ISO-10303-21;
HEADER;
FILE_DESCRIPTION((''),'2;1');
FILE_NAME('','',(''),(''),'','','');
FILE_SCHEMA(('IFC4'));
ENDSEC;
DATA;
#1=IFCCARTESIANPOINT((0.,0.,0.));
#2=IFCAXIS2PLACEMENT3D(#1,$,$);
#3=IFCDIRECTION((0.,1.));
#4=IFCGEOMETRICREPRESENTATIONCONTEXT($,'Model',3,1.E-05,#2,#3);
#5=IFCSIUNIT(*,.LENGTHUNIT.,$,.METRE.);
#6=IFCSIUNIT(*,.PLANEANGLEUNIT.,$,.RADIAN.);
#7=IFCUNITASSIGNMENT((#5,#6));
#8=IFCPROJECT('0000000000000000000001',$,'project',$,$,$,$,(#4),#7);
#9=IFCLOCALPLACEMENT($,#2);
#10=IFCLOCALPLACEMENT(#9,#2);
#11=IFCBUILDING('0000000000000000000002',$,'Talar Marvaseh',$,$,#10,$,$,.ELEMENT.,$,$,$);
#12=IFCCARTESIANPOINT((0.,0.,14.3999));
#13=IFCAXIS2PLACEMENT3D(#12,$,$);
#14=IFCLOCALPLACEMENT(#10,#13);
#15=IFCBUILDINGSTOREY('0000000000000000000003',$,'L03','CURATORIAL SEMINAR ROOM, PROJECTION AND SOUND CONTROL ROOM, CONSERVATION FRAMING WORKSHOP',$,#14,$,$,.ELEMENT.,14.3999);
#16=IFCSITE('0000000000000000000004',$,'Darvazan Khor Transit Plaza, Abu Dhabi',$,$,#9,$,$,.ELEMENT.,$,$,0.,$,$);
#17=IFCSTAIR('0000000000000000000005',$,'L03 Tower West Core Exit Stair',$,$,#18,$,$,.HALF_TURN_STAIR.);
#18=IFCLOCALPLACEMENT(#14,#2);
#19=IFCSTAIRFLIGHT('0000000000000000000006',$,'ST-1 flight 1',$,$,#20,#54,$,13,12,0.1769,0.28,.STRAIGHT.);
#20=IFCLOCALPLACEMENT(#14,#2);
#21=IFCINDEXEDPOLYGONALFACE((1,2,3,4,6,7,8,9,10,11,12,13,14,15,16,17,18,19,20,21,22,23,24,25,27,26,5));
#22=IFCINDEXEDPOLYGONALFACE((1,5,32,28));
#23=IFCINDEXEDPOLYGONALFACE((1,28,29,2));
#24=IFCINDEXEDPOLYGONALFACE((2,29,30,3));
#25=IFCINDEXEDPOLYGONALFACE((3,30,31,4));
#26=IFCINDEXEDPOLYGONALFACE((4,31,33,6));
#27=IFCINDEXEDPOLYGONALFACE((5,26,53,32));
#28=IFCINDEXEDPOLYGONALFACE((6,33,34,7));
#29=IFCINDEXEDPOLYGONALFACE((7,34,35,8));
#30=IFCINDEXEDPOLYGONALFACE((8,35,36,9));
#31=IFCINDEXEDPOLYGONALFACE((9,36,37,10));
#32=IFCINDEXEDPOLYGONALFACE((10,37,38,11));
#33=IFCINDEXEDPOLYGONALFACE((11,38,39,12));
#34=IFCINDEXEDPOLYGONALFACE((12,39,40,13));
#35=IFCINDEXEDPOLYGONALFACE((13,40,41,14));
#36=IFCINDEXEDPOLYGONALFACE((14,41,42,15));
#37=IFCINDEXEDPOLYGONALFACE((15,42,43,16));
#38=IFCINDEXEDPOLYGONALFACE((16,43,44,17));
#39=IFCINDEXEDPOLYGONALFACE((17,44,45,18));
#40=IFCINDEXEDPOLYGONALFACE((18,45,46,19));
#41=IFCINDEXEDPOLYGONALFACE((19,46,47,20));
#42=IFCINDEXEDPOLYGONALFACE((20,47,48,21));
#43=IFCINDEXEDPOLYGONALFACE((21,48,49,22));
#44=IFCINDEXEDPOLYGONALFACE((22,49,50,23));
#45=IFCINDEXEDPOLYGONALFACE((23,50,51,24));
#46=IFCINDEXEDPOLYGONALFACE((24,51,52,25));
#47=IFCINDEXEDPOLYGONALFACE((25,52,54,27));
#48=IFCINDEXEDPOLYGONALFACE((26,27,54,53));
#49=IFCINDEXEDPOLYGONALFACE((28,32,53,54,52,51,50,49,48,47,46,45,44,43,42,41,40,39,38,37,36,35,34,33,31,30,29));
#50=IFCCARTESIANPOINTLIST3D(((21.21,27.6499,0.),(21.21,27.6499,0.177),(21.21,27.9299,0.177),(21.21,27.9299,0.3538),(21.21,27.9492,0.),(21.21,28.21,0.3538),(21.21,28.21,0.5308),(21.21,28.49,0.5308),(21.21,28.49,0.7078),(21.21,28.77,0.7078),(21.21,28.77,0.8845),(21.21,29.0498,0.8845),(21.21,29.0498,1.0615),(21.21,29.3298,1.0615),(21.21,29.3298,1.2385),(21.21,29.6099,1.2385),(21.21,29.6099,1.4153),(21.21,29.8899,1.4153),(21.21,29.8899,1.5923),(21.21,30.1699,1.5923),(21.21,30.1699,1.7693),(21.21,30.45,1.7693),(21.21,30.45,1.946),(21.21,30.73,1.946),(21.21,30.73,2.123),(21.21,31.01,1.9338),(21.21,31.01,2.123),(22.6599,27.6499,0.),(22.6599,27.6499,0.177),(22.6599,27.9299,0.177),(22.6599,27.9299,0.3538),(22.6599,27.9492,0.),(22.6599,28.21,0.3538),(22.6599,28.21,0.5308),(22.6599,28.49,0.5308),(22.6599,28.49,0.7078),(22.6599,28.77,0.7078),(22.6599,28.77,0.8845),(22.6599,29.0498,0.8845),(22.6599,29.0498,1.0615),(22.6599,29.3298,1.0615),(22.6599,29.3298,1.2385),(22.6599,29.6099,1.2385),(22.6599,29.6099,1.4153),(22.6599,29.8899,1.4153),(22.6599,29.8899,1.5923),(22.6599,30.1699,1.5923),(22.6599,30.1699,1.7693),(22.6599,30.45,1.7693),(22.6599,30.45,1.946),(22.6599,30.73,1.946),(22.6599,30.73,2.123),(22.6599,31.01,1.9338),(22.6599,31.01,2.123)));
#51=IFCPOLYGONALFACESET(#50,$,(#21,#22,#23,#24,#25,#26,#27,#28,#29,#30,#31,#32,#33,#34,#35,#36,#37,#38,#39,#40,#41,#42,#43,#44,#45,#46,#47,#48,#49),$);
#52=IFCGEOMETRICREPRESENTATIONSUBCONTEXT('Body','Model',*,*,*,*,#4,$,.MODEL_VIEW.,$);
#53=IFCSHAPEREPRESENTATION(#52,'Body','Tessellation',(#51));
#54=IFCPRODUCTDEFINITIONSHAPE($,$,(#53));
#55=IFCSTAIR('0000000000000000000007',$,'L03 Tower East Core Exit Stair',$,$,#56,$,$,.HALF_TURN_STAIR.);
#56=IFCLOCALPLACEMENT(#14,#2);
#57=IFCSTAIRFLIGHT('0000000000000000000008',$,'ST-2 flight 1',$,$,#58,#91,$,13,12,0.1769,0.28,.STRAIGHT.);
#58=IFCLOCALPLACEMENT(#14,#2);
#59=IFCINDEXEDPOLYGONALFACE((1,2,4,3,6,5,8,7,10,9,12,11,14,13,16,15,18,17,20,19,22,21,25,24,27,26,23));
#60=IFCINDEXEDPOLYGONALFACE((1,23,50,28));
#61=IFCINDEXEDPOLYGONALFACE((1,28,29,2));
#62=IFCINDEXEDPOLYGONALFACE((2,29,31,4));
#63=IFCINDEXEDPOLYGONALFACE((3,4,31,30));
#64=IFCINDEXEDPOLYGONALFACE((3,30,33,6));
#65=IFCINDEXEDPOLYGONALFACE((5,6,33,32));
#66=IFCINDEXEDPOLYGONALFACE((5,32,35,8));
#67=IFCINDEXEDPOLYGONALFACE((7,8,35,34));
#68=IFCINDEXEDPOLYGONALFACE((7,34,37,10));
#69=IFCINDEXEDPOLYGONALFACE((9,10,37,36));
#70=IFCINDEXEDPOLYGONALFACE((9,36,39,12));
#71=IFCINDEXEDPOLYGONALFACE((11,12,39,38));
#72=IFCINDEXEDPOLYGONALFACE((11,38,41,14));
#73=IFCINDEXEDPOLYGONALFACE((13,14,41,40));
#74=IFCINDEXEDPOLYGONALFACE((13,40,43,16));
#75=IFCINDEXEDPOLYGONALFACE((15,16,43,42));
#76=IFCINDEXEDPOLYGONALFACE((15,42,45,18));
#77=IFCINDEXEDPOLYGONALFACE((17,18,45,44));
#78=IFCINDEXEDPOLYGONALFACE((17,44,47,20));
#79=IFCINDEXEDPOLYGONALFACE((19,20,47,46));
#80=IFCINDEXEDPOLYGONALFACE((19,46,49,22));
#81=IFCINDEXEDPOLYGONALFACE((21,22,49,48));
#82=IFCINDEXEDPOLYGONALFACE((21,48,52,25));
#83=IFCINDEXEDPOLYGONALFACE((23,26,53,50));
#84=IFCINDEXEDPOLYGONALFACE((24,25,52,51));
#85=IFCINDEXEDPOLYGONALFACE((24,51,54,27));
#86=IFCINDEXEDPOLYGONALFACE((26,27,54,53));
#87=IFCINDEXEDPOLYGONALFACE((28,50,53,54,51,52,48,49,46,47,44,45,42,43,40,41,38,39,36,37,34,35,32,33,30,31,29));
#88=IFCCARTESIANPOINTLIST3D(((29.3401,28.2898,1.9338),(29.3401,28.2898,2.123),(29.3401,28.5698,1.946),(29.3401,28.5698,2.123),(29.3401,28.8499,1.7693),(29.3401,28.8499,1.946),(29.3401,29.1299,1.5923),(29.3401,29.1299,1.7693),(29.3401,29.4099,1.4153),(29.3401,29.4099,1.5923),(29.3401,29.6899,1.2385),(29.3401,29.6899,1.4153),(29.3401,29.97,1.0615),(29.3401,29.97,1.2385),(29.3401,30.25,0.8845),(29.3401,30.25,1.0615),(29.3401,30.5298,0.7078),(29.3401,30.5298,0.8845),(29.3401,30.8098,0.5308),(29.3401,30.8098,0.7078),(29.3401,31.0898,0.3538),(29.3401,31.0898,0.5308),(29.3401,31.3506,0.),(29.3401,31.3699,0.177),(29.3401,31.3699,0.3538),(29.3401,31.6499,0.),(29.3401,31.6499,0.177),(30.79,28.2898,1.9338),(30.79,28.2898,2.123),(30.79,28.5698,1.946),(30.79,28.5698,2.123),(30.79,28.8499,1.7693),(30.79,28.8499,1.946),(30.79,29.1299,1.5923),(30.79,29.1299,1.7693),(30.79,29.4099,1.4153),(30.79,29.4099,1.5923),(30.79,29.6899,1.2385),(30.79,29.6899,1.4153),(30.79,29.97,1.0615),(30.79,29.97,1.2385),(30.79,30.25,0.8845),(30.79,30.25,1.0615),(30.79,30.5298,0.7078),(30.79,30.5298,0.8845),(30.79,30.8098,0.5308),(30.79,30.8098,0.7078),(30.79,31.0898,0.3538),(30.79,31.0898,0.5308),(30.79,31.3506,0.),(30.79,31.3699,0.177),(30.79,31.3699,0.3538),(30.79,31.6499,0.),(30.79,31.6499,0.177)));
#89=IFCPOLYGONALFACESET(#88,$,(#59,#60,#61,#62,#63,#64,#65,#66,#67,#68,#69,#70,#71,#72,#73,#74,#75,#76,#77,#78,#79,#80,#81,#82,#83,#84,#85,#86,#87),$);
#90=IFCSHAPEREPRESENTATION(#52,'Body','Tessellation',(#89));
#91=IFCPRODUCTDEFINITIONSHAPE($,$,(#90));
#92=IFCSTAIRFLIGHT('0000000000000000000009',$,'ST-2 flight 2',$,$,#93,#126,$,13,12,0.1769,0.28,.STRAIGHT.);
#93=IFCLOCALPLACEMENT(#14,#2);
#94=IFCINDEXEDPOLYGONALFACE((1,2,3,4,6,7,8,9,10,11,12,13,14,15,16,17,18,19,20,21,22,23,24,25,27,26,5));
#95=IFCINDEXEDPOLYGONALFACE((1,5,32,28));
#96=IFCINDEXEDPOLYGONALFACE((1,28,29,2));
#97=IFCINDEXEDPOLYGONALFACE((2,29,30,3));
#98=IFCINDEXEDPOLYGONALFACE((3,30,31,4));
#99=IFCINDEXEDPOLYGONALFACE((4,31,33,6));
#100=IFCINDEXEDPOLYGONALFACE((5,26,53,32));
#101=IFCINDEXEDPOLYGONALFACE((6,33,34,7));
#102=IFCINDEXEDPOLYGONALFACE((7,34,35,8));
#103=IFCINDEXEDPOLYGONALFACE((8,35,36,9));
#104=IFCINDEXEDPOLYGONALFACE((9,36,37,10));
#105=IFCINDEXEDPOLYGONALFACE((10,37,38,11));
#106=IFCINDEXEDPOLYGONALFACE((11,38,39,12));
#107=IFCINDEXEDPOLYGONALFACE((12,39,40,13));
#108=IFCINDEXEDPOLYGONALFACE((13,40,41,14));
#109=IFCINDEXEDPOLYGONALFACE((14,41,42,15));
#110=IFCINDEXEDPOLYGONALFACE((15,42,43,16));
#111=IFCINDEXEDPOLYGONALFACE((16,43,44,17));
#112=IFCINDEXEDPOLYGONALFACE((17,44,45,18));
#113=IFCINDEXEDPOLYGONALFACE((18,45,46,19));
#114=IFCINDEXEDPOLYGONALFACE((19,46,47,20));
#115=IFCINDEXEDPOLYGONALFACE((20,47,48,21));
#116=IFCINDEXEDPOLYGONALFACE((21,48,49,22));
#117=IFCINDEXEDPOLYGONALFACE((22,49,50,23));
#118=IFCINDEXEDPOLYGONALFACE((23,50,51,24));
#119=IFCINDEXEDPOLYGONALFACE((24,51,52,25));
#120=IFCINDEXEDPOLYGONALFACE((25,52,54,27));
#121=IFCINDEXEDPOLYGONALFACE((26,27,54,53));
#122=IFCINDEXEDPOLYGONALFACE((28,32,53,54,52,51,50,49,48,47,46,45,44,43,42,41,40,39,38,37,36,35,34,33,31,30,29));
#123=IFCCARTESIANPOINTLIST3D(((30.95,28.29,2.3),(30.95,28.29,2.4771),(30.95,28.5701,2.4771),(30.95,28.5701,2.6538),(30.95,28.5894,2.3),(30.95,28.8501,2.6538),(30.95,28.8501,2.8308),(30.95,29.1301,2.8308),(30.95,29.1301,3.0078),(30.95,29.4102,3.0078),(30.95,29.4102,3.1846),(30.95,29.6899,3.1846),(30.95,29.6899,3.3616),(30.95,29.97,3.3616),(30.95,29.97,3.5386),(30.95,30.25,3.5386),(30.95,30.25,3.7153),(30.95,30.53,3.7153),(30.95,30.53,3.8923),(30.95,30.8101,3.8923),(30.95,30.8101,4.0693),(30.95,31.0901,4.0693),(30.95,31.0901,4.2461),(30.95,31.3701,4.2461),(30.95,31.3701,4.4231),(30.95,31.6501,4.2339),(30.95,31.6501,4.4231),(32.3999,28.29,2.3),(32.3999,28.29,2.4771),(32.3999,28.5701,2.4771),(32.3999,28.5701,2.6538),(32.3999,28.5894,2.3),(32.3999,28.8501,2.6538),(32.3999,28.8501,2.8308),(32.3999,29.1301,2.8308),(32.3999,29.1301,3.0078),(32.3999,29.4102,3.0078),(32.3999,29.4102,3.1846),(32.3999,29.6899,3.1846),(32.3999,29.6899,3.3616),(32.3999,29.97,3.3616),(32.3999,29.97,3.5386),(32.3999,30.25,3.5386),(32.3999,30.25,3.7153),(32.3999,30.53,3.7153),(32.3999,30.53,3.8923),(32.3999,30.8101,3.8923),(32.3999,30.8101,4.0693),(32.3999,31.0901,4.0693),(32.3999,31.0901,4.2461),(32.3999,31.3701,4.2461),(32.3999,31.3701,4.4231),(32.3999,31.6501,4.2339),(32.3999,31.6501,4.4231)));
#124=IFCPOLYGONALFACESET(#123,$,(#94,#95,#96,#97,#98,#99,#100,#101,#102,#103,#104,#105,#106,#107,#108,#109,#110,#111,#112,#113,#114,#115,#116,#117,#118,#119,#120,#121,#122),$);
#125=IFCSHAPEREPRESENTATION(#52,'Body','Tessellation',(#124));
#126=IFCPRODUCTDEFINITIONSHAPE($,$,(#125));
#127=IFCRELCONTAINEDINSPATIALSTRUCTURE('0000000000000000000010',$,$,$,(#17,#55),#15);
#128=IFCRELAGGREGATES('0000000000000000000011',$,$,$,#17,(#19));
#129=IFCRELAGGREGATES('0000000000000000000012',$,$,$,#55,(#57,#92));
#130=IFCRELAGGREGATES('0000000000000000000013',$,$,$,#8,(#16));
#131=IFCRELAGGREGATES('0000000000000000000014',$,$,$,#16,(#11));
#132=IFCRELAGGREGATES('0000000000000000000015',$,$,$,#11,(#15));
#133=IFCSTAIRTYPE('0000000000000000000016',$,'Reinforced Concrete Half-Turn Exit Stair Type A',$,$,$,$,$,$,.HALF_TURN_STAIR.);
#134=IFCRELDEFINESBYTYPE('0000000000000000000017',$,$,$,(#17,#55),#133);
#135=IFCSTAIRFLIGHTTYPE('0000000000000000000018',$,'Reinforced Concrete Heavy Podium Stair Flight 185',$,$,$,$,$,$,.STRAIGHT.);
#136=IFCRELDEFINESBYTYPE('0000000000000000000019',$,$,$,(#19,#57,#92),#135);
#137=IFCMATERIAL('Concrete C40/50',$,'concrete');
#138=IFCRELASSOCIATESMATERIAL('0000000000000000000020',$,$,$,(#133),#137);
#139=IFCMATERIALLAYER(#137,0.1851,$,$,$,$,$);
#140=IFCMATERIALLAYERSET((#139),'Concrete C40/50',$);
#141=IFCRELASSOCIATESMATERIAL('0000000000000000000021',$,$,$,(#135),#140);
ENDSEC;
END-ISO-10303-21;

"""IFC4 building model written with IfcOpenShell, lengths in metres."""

from ifc_helpers import new_model, si_unit, direction, frame, origin, place, context, subcontext, project, spatial, polyline, outline, extrude, material, layer, layer_set, type_object, element, aggregate, save


model = new_model("IFC4")

# Units and contexts
model_context = context("Model", 3, precision=1e-05, world=origin(), true_north=direction((0.0, 1.0)))
body_context = subcontext(model_context, "Body", "Model", "MODEL_VIEW")
ifc_project = project(units=[si_unit("LENGTHUNIT", "METRE"), si_unit("PLANEANGLEUNIT", "RADIAN")], contexts=[model_context])

# Site, building, storey
site_placement = place(None, origin())
site = spatial("IfcSite", under=ifc_project, at=site_placement, Name="Darvazan Khor Transit Plaza, Abu Dhabi", CompositionType="ELEMENT", RefElevation=0.0)
building_placement = place(site_placement, origin())
building = spatial("IfcBuilding", under=site, at=building_placement, Name="Talar Marvaseh", CompositionType="ELEMENT")
storey_placement = place(building_placement, frame((0.0, 0.0, 14.3999)))
storey = spatial("IfcBuildingStorey", under=building, at=storey_placement, Name="L03", Description="CURATORIAL SEMINAR ROOM, PROJECTION AND SOUND CONTROL ROOM, CONSERVATION FRAMING WORKSHOP", CompositionType="ELEMENT", Elevation=14.3999)

# Shared definitions
ifc_material_1 = material(Name="Concrete C40/50", Category="concrete")

# Stair, stair flight
stair_type = type_object("IfcStairType", Name="Reinforced Concrete Half-Turn Exit Stair Type A", PredefinedType="HALF_TURN_STAIR", material=ifc_material_1)
stair_1_placement = place(storey_placement, origin())
stair_1 = element("IfcStair", 1, at=stair_1_placement, inside=storey, type_object=stair_type, Name="L03 Tower West Core Exit Stair", PredefinedType="HALF_TURN_STAIR")
ifc_layer_1 = layer(ifc_material_1, 0.1851)
ifc_layer_set_1 = layer_set([ifc_layer_1], Name="Concrete C40/50")
stair_flight_type = type_object("IfcStairFlightType", Name="Reinforced Concrete Heavy Podium Stair Flight 185", PredefinedType="STRAIGHT", material=ifc_layer_set_1)
stair_flight_1_placement = place(storey_placement, frame((21.9351, 27.6499, 0.0), z_axis=(0.0, 0.0, 1.0), x_axis=(0.0, 1.0, 0.0)))
stair_flight_1 = element("IfcStairFlight", 2, at=stair_flight_1_placement, type_object=stair_flight_type, Name="ST-1 flight 1", NumberOfRisers=13, NumberOfTreads=12, PredefinedType="STRAIGHT", RiserHeight=0.1769, TreadLength=0.28, context=body_context, shape_type="SweptSolid", body=[
    extrude(outline(polyline([(0.0, 0.0), (0.0, 0.177), (0.28, 0.177), (0.28, 0.3538), (0.5601, 0.3538), (0.5601, 0.5308), (0.8401, 0.5308), (0.8401, 0.7078), (1.1201, 0.7078), (1.1201, 0.8845), (1.3999, 0.8845), (1.3999, 1.0615), (1.6799, 1.0615), (1.6799, 1.2385), (1.96, 1.2385), (1.96, 1.4153), (2.24, 1.4153), (2.24, 1.5923), (2.52, 1.5923), (2.52, 1.7693), (2.8, 1.7693), (2.8, 1.946), (3.0801, 1.946), (3.0801, 2.123), (3.3601, 2.123), (3.3601, 2.3), (3.3601, 1.9338), (0.2993, 0.0), (0.0, 0.0)])), frame((0.0, 0.7251, 0.0), z_axis=(0.0, -1.0, 0.0), x_axis=(1.0, 0.0, 0.0)), (0.0, 0.0, 1.0), 1.45),
])
aggregate(stair_1, [stair_flight_1])

# Stair, stair flights
stair_2_placement = place(storey_placement, origin())
stair_2 = element("IfcStair", 3, at=stair_2_placement, inside=storey, type_object=stair_type, Name="L03 Tower East Core Exit Stair", PredefinedType="HALF_TURN_STAIR")
stair_flight_2_placement = place(storey_placement, frame((30.0649, 31.6499, 0.0), z_axis=(0.0, 0.0, 1.0), x_axis=(0.0, -1.0, 0.0)))
stair_flight_2 = element("IfcStairFlight", 4, at=stair_flight_2_placement, type_object=stair_flight_type, Name="ST-2 flight 1", NumberOfRisers=13, NumberOfTreads=12, PredefinedType="STRAIGHT", RiserHeight=0.1769, TreadLength=0.28, context=body_context, shape_type="SweptSolid", body=[
    extrude(outline(polyline([(0.0, 0.0), (0.0, 0.177), (0.28, 0.177), (0.28, 0.3538), (0.5601, 0.3538), (0.5601, 0.5308), (0.8401, 0.5308), (0.8401, 0.7078), (1.1201, 0.7078), (1.1201, 0.8845), (1.3999, 0.8845), (1.3999, 1.0615), (1.6799, 1.0615), (1.6799, 1.2385), (1.96, 1.2385), (1.96, 1.4153), (2.24, 1.4153), (2.24, 1.5923), (2.52, 1.5923), (2.52, 1.7693), (2.8, 1.7693), (2.8, 1.946), (3.0801, 1.946), (3.0801, 2.123), (3.3601, 2.123), (3.3601, 2.3), (3.3601, 1.9338), (0.2993, 0.0), (0.0, 0.0)])), frame((0.0, 0.7251, 0.0), z_axis=(0.0, -1.0, 0.0), x_axis=(1.0, 0.0, 0.0)), (0.0, 0.0, 1.0), 1.45),
])
stair_flight_3_placement = place(storey_placement, frame((31.675, 28.29, 2.3), z_axis=(0.0, 0.0, 1.0), x_axis=(0.0, 1.0, 0.0)))
stair_flight_3 = element("IfcStairFlight", 5, at=stair_flight_3_placement, type_object=stair_flight_type, Name="ST-2 flight 2", NumberOfRisers=13, NumberOfTreads=12, PredefinedType="STRAIGHT", RiserHeight=0.1769, TreadLength=0.28, context=body_context, shape_type="SweptSolid", body=[
    extrude(outline(polyline([(0.0, 0.0), (0.0, 0.177), (0.28, 0.177), (0.28, 0.3538), (0.5601, 0.3538), (0.5601, 0.5308), (0.8401, 0.5308), (0.8401, 0.7078), (1.1201, 0.7078), (1.1201, 0.8845), (1.3999, 0.8845), (1.3999, 1.0615), (1.6799, 1.0615), (1.6799, 1.2385), (1.96, 1.2385), (1.96, 1.4153), (2.24, 1.4153), (2.24, 1.5923), (2.52, 1.5923), (2.52, 1.7693), (2.8, 1.7693), (2.8, 1.946), (3.0801, 1.946), (3.0801, 2.123), (3.3601, 2.123), (3.3601, 2.3), (3.3601, 1.9338), (0.2993, 0.0), (0.0, 0.0)])), frame((0.0, 0.7251, 0.0), z_axis=(0.0, -1.0, 0.0), x_axis=(1.0, 0.0, 0.0)), (0.0, 0.0, 1.0), 1.45),
])
aggregate(stair_2, [stair_flight_2, stair_flight_3])

save(model, "model.ifc")
